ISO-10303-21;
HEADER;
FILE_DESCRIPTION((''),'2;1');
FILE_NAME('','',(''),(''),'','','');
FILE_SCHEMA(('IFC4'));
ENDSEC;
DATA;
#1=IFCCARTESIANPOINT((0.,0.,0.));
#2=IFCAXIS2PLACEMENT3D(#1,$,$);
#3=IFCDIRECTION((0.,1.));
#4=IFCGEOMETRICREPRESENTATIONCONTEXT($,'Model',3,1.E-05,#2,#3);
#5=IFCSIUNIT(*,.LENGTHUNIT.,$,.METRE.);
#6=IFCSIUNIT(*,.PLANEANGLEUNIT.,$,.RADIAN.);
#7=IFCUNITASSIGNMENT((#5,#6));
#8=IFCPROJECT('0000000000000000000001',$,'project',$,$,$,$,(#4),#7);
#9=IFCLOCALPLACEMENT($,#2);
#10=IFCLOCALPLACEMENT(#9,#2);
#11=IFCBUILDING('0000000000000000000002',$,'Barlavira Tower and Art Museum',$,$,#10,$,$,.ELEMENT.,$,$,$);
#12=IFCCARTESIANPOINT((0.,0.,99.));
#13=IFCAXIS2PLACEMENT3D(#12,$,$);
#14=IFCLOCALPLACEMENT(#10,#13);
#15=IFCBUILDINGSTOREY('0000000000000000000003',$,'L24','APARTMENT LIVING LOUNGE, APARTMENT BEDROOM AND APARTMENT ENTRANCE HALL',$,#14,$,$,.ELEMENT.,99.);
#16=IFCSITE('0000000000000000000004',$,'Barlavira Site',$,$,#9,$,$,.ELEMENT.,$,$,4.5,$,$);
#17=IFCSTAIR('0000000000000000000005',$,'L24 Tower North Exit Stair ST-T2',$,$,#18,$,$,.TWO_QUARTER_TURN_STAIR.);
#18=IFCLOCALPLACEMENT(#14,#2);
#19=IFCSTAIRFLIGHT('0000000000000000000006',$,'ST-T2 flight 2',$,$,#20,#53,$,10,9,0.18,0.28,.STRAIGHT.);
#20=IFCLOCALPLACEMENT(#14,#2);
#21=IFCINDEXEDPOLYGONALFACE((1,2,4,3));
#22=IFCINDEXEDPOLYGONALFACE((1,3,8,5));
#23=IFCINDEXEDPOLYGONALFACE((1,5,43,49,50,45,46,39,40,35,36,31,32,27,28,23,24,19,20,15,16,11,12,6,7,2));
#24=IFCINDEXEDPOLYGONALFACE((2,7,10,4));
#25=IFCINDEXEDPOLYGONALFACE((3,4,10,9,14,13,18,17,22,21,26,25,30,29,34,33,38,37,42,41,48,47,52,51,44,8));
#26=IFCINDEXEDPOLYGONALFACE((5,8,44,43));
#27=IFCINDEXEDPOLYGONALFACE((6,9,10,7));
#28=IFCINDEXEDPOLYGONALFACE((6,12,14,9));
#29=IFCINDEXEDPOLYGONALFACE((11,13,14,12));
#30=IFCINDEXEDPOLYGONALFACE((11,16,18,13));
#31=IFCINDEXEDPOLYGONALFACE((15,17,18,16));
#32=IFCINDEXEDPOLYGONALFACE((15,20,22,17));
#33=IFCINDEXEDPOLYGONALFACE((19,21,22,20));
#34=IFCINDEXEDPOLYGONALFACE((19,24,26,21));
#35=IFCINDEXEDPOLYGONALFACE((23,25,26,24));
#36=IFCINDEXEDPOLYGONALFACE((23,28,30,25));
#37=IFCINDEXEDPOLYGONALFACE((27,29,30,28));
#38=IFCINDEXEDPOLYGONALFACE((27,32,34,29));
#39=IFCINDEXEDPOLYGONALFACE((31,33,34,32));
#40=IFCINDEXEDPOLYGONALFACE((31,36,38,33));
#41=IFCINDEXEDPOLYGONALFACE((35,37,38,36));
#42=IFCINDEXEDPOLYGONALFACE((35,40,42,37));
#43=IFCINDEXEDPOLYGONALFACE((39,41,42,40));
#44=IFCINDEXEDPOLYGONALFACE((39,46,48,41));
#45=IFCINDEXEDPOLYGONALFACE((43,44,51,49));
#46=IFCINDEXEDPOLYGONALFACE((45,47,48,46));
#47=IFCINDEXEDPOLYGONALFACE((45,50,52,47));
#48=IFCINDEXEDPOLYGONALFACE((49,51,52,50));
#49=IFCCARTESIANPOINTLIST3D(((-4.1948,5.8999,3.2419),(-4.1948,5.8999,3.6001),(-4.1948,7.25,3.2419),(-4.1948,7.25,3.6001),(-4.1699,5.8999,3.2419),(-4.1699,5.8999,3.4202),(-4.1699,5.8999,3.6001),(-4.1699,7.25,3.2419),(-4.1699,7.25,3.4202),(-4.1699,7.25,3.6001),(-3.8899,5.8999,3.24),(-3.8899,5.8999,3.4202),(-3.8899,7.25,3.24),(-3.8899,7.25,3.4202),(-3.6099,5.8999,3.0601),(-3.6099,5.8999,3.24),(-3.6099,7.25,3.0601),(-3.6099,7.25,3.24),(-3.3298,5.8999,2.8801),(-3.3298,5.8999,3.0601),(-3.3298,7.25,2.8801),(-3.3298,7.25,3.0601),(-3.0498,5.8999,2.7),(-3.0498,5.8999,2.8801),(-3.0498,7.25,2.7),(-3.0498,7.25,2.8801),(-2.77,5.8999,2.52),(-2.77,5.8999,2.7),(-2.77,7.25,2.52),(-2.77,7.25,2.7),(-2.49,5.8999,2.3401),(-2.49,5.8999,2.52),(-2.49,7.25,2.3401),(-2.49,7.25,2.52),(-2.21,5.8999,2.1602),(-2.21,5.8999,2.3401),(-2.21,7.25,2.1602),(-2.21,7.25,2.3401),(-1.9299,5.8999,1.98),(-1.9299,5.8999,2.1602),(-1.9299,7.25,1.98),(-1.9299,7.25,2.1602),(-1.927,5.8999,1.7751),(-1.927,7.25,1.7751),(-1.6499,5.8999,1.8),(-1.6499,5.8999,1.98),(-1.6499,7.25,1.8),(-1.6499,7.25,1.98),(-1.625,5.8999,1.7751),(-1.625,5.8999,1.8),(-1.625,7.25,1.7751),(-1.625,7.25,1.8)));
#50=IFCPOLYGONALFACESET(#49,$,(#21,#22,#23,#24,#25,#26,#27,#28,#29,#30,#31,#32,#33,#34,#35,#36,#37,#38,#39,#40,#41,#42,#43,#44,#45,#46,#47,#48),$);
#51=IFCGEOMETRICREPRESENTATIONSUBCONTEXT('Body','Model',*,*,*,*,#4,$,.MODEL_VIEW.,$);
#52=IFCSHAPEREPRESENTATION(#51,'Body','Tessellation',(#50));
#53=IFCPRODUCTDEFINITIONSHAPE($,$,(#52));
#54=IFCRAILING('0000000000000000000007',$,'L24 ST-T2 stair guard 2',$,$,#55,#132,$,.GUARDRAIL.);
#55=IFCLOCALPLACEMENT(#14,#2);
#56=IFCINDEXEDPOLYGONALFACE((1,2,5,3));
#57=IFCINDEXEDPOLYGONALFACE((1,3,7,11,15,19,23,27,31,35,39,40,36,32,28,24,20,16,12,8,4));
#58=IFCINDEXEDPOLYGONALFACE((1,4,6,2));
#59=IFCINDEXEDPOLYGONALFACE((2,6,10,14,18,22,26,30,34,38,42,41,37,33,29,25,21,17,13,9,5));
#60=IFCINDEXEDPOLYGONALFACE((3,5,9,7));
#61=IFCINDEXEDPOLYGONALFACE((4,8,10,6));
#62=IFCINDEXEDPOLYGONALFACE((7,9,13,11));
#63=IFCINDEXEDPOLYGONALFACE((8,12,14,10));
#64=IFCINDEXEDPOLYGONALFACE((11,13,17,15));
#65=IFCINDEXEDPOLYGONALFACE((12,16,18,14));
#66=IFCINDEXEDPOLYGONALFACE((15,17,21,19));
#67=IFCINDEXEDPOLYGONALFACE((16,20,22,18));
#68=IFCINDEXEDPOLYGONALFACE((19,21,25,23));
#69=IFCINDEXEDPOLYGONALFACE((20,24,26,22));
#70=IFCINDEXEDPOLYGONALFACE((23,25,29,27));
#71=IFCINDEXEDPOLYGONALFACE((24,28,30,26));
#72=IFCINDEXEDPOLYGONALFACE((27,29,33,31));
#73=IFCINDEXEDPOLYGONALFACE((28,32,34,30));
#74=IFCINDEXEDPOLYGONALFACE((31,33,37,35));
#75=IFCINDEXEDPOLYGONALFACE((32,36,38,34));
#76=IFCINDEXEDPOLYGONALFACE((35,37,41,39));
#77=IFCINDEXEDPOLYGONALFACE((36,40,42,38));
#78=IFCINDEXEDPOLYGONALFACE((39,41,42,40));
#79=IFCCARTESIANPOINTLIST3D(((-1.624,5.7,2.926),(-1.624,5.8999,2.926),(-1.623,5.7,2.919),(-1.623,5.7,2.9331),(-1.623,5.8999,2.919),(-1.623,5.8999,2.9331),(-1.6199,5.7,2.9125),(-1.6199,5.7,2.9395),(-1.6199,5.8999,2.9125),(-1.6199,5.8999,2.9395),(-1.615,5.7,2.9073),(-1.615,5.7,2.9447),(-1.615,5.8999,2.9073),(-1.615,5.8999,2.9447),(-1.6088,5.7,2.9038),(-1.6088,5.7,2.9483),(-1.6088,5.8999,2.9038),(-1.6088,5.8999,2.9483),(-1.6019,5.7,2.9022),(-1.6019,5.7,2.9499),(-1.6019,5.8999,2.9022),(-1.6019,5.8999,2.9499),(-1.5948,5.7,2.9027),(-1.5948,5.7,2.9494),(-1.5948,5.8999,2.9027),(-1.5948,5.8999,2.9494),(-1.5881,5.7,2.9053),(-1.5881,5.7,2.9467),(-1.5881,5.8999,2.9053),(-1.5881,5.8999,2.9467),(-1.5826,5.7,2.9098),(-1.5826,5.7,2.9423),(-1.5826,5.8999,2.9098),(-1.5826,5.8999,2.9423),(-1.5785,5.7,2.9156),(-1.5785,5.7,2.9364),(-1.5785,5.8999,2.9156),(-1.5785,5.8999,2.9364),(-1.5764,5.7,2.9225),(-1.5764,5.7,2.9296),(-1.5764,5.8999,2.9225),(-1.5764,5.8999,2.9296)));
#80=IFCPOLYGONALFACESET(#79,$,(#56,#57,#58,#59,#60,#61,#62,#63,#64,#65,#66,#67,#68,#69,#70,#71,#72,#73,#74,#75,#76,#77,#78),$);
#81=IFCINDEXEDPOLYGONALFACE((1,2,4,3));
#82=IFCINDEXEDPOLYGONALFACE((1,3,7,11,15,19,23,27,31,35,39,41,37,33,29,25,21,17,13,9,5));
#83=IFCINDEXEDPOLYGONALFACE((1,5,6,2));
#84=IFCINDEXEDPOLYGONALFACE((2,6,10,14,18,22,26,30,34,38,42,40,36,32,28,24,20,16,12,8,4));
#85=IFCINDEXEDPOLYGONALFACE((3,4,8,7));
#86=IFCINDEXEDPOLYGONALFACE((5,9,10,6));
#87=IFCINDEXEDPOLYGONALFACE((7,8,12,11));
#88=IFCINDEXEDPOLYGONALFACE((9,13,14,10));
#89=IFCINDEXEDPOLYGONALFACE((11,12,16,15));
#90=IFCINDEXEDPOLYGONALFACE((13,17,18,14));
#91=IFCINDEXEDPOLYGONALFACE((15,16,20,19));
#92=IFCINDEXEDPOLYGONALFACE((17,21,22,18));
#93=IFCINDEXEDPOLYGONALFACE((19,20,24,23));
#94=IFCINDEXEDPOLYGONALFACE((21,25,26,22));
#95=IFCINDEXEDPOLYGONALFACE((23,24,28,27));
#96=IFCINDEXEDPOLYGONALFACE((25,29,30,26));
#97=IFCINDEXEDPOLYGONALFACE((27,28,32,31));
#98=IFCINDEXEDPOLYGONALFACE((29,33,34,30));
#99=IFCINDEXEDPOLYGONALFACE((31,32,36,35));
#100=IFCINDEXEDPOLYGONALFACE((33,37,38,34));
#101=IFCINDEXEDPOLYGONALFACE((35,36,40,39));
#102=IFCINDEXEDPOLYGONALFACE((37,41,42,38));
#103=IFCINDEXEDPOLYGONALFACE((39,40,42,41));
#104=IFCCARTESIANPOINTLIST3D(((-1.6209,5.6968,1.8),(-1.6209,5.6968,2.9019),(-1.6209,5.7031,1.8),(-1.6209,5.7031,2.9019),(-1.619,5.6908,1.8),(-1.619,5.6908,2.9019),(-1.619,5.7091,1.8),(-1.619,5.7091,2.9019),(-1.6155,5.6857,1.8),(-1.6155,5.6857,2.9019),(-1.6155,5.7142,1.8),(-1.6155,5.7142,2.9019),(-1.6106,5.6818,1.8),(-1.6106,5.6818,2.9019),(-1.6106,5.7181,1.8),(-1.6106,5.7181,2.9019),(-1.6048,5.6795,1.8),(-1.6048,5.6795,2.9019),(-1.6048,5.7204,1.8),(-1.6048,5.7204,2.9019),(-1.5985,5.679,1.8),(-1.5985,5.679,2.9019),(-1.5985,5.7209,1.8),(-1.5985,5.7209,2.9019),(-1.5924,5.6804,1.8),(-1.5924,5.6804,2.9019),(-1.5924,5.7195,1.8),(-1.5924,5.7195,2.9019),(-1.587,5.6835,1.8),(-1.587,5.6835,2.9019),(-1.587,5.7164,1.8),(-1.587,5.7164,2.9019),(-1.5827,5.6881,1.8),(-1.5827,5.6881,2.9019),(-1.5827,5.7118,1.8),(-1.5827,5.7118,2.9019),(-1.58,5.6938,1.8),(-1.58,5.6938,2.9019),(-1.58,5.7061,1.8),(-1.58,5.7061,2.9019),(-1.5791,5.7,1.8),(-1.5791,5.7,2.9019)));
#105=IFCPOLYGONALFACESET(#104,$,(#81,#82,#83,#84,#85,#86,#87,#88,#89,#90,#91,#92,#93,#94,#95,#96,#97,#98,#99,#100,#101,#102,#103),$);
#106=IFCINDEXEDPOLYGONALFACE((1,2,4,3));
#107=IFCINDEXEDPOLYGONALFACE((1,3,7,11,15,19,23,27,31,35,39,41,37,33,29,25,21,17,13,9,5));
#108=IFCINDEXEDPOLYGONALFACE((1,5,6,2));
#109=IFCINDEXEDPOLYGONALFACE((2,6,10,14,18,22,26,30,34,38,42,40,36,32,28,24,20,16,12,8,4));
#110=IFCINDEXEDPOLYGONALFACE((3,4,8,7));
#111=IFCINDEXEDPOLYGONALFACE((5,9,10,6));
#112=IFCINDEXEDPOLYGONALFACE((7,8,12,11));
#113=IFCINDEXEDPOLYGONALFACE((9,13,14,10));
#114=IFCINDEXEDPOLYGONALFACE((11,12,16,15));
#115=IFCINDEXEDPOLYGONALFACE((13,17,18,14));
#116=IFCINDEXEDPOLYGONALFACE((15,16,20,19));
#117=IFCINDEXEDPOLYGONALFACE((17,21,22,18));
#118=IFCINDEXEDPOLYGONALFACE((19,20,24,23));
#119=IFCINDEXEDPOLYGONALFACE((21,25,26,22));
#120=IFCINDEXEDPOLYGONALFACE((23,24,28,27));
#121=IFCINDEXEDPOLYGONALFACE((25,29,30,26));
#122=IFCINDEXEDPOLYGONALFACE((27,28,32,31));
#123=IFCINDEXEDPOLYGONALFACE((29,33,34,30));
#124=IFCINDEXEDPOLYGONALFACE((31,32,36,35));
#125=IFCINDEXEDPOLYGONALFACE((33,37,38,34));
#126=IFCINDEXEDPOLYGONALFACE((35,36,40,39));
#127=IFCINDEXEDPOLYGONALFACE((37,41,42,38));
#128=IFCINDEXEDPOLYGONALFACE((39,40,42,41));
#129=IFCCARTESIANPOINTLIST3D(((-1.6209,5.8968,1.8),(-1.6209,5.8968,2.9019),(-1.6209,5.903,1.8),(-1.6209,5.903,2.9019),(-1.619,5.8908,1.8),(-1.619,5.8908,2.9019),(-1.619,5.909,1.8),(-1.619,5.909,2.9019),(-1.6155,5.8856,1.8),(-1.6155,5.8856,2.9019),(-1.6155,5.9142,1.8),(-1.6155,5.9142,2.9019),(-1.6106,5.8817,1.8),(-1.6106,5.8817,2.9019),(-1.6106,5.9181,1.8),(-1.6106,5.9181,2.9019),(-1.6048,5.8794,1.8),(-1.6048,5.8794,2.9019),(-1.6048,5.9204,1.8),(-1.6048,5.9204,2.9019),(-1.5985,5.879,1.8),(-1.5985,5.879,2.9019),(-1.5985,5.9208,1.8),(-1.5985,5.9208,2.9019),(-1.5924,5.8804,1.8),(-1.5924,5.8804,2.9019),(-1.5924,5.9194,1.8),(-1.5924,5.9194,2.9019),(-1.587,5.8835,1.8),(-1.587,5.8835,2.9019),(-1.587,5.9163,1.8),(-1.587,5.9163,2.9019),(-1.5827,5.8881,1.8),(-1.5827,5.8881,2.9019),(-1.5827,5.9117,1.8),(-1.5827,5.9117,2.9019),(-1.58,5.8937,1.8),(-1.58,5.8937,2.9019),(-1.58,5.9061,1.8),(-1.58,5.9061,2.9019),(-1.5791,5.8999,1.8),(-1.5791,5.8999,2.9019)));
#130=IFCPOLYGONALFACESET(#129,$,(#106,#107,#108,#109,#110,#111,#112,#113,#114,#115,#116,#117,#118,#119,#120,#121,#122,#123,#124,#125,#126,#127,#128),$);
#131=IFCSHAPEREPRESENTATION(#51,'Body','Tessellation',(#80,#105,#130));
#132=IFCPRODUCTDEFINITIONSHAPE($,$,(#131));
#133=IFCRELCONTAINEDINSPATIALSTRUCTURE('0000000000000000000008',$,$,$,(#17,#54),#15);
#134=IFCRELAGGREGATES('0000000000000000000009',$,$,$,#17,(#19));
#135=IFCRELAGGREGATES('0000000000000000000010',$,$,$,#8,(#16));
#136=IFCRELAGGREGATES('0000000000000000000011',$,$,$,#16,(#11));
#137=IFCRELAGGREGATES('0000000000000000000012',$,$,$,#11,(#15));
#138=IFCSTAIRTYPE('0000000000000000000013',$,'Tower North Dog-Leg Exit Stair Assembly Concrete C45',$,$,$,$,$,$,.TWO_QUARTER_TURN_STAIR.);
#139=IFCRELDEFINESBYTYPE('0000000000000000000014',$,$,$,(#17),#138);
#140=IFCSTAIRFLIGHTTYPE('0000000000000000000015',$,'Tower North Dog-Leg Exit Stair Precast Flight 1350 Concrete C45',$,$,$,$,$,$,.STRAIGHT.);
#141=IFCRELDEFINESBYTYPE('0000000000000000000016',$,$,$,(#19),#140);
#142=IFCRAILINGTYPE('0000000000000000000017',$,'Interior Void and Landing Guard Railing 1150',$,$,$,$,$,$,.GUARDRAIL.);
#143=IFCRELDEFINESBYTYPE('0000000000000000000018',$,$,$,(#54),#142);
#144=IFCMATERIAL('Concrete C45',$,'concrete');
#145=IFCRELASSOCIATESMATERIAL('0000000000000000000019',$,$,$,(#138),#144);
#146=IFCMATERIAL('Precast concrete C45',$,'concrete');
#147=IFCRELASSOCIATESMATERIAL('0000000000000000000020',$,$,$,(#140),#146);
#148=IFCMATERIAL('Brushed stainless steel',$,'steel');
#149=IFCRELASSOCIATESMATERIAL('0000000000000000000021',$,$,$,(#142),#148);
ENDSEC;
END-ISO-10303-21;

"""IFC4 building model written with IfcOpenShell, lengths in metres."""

from ifc_helpers import new_model, si_unit, direction, frame, origin, origin_2d, place, context, subcontext, project, spatial, polyline, circle, outline, extrude, material, type_object, element, aggregate, save


model = new_model("IFC4")

# Units and contexts
model_context = context("Model", 3, precision=1e-05, world=origin(), true_north=direction((0.0, 1.0)))
body_context = subcontext(model_context, "Body", "Model", "MODEL_VIEW")
ifc_project = project(units=[si_unit("LENGTHUNIT", "METRE"), si_unit("PLANEANGLEUNIT", "RADIAN")], contexts=[model_context])

# Site, building, storey
site_placement = place(None, origin())
site = spatial("IfcSite", under=ifc_project, at=site_placement, Name="Barlavira Site", CompositionType="ELEMENT", RefElevation=4.5)
building_placement = place(site_placement, origin())
building = spatial("IfcBuilding", under=site, at=building_placement, Name="Barlavira Tower and Art Museum", CompositionType="ELEMENT")
storey_placement = place(building_placement, frame((0.0, 0.0, 99.0)))
storey = spatial("IfcBuildingStorey", under=building, at=storey_placement, Name="L24", Description="APARTMENT LIVING LOUNGE, APARTMENT BEDROOM AND APARTMENT ENTRANCE HALL", CompositionType="ELEMENT", Elevation=99.0)

# Stair
ifc_material_1 = material(Name="Concrete C45", Category="concrete")
stair_type_1 = type_object("IfcStairType", Name="Tower North Dog-Leg Exit Stair Assembly Concrete C45", PredefinedType="TWO_QUARTER_TURN_STAIR", material=ifc_material_1)
stair_1_placement = place(storey_placement, origin())
stair_1 = element("IfcStair", 1, at=stair_1_placement, inside=storey, type_object=stair_type_1, Name="L24 Tower North Exit Stair ST-T2", PredefinedType="TWO_QUARTER_TURN_STAIR")

# Shared definitions
ifc_material_2 = material(Name="Brushed stainless steel", Category="steel")

# Stair flight
ifc_material_3 = material(Name="Precast concrete C45", Category="concrete")
stair_flight_type = type_object("IfcStairFlightType", Name="Tower North Dog-Leg Exit Stair Precast Flight 1350 Concrete C45", PredefinedType="STRAIGHT", material=ifc_material_3)
stair_flight_placement = place(storey_placement, frame((-1.6499, 6.575, 1.8), z_axis=(0.0, 0.0, 1.0), x_axis=(-1.0, 0.0, 0.0)))
stair_flight = element("IfcStairFlight", 2, at=stair_flight_placement, type_object=stair_flight_type, Name="ST-T2 flight 2", NumberOfRisers=10, NumberOfTreads=9, PredefinedType="STRAIGHT", RiserHeight=0.18, TreadLength=0.28, context=body_context, shape_type="SweptSolid", body=[
    extrude(outline(polyline([(-0.0249, 0.0), (0.0, 0.0), (0.0, 0.1799), (0.28, 0.1799), (0.28, 0.3601), (0.5601, 0.3601), (0.5601, 0.54), (0.8401, 0.54), (0.8401, 0.72), (1.1201, 0.72), (1.1201, 0.8999), (1.3999, 0.8999), (1.3999, 1.0801), (1.6799, 1.0801), (1.6799, 1.26), (1.96, 1.26), (1.96, 1.4399), (2.24, 1.4399), (2.24, 1.6201), (2.52, 1.6201), (2.52, 1.8), (2.5449, 1.8), (2.5449, 1.4419), (2.52, 1.4419), (0.2771, -0.0249), (-0.0249, -0.0249), (-0.0249, 0.0)])), frame((0.0, 0.675, 0.0), z_axis=(0.0, -1.0, 0.0), x_axis=(1.0, 0.0, 0.0)), (0.0, 0.0, 1.0), 1.3501),
])
aggregate(stair_1, [stair_flight])

# Railing
railing_type_1 = type_object("IfcRailingType", Name="Interior Void and Landing Guard Railing 1150", PredefinedType="GUARDRAIL", material=ifc_material_2)
railing_1_placement = place(storey_placement, frame((-1.6001, 5.7, 1.8)))
element("IfcRailing", 3, at=railing_1_placement, inside=storey, type_object=railing_type_1, Name="L24 ST-T2 stair guard 2", PredefinedType="GUARDRAIL", context=body_context, shape_type="SweptSolid", body=[
    extrude(circle(Radius=0.0239, at=origin_2d()), frame((0.0, 0.0, 1.126), z_axis=(0.0, 1.0, 0.0), x_axis=(-1.0, 0.0, 0.0)), (0.0, 0.0, 1.0), 0.2),
    extrude(circle(Radius=0.021, at=origin_2d()), origin(), (0.0, 0.0, 1.0), 1.1018),
    extrude(circle(Radius=0.021, at=origin_2d()), frame((0.0, 0.2, 0.0)), (0.0, 0.0, 1.0), 1.1018),
])

save(model, "model.ifc")
